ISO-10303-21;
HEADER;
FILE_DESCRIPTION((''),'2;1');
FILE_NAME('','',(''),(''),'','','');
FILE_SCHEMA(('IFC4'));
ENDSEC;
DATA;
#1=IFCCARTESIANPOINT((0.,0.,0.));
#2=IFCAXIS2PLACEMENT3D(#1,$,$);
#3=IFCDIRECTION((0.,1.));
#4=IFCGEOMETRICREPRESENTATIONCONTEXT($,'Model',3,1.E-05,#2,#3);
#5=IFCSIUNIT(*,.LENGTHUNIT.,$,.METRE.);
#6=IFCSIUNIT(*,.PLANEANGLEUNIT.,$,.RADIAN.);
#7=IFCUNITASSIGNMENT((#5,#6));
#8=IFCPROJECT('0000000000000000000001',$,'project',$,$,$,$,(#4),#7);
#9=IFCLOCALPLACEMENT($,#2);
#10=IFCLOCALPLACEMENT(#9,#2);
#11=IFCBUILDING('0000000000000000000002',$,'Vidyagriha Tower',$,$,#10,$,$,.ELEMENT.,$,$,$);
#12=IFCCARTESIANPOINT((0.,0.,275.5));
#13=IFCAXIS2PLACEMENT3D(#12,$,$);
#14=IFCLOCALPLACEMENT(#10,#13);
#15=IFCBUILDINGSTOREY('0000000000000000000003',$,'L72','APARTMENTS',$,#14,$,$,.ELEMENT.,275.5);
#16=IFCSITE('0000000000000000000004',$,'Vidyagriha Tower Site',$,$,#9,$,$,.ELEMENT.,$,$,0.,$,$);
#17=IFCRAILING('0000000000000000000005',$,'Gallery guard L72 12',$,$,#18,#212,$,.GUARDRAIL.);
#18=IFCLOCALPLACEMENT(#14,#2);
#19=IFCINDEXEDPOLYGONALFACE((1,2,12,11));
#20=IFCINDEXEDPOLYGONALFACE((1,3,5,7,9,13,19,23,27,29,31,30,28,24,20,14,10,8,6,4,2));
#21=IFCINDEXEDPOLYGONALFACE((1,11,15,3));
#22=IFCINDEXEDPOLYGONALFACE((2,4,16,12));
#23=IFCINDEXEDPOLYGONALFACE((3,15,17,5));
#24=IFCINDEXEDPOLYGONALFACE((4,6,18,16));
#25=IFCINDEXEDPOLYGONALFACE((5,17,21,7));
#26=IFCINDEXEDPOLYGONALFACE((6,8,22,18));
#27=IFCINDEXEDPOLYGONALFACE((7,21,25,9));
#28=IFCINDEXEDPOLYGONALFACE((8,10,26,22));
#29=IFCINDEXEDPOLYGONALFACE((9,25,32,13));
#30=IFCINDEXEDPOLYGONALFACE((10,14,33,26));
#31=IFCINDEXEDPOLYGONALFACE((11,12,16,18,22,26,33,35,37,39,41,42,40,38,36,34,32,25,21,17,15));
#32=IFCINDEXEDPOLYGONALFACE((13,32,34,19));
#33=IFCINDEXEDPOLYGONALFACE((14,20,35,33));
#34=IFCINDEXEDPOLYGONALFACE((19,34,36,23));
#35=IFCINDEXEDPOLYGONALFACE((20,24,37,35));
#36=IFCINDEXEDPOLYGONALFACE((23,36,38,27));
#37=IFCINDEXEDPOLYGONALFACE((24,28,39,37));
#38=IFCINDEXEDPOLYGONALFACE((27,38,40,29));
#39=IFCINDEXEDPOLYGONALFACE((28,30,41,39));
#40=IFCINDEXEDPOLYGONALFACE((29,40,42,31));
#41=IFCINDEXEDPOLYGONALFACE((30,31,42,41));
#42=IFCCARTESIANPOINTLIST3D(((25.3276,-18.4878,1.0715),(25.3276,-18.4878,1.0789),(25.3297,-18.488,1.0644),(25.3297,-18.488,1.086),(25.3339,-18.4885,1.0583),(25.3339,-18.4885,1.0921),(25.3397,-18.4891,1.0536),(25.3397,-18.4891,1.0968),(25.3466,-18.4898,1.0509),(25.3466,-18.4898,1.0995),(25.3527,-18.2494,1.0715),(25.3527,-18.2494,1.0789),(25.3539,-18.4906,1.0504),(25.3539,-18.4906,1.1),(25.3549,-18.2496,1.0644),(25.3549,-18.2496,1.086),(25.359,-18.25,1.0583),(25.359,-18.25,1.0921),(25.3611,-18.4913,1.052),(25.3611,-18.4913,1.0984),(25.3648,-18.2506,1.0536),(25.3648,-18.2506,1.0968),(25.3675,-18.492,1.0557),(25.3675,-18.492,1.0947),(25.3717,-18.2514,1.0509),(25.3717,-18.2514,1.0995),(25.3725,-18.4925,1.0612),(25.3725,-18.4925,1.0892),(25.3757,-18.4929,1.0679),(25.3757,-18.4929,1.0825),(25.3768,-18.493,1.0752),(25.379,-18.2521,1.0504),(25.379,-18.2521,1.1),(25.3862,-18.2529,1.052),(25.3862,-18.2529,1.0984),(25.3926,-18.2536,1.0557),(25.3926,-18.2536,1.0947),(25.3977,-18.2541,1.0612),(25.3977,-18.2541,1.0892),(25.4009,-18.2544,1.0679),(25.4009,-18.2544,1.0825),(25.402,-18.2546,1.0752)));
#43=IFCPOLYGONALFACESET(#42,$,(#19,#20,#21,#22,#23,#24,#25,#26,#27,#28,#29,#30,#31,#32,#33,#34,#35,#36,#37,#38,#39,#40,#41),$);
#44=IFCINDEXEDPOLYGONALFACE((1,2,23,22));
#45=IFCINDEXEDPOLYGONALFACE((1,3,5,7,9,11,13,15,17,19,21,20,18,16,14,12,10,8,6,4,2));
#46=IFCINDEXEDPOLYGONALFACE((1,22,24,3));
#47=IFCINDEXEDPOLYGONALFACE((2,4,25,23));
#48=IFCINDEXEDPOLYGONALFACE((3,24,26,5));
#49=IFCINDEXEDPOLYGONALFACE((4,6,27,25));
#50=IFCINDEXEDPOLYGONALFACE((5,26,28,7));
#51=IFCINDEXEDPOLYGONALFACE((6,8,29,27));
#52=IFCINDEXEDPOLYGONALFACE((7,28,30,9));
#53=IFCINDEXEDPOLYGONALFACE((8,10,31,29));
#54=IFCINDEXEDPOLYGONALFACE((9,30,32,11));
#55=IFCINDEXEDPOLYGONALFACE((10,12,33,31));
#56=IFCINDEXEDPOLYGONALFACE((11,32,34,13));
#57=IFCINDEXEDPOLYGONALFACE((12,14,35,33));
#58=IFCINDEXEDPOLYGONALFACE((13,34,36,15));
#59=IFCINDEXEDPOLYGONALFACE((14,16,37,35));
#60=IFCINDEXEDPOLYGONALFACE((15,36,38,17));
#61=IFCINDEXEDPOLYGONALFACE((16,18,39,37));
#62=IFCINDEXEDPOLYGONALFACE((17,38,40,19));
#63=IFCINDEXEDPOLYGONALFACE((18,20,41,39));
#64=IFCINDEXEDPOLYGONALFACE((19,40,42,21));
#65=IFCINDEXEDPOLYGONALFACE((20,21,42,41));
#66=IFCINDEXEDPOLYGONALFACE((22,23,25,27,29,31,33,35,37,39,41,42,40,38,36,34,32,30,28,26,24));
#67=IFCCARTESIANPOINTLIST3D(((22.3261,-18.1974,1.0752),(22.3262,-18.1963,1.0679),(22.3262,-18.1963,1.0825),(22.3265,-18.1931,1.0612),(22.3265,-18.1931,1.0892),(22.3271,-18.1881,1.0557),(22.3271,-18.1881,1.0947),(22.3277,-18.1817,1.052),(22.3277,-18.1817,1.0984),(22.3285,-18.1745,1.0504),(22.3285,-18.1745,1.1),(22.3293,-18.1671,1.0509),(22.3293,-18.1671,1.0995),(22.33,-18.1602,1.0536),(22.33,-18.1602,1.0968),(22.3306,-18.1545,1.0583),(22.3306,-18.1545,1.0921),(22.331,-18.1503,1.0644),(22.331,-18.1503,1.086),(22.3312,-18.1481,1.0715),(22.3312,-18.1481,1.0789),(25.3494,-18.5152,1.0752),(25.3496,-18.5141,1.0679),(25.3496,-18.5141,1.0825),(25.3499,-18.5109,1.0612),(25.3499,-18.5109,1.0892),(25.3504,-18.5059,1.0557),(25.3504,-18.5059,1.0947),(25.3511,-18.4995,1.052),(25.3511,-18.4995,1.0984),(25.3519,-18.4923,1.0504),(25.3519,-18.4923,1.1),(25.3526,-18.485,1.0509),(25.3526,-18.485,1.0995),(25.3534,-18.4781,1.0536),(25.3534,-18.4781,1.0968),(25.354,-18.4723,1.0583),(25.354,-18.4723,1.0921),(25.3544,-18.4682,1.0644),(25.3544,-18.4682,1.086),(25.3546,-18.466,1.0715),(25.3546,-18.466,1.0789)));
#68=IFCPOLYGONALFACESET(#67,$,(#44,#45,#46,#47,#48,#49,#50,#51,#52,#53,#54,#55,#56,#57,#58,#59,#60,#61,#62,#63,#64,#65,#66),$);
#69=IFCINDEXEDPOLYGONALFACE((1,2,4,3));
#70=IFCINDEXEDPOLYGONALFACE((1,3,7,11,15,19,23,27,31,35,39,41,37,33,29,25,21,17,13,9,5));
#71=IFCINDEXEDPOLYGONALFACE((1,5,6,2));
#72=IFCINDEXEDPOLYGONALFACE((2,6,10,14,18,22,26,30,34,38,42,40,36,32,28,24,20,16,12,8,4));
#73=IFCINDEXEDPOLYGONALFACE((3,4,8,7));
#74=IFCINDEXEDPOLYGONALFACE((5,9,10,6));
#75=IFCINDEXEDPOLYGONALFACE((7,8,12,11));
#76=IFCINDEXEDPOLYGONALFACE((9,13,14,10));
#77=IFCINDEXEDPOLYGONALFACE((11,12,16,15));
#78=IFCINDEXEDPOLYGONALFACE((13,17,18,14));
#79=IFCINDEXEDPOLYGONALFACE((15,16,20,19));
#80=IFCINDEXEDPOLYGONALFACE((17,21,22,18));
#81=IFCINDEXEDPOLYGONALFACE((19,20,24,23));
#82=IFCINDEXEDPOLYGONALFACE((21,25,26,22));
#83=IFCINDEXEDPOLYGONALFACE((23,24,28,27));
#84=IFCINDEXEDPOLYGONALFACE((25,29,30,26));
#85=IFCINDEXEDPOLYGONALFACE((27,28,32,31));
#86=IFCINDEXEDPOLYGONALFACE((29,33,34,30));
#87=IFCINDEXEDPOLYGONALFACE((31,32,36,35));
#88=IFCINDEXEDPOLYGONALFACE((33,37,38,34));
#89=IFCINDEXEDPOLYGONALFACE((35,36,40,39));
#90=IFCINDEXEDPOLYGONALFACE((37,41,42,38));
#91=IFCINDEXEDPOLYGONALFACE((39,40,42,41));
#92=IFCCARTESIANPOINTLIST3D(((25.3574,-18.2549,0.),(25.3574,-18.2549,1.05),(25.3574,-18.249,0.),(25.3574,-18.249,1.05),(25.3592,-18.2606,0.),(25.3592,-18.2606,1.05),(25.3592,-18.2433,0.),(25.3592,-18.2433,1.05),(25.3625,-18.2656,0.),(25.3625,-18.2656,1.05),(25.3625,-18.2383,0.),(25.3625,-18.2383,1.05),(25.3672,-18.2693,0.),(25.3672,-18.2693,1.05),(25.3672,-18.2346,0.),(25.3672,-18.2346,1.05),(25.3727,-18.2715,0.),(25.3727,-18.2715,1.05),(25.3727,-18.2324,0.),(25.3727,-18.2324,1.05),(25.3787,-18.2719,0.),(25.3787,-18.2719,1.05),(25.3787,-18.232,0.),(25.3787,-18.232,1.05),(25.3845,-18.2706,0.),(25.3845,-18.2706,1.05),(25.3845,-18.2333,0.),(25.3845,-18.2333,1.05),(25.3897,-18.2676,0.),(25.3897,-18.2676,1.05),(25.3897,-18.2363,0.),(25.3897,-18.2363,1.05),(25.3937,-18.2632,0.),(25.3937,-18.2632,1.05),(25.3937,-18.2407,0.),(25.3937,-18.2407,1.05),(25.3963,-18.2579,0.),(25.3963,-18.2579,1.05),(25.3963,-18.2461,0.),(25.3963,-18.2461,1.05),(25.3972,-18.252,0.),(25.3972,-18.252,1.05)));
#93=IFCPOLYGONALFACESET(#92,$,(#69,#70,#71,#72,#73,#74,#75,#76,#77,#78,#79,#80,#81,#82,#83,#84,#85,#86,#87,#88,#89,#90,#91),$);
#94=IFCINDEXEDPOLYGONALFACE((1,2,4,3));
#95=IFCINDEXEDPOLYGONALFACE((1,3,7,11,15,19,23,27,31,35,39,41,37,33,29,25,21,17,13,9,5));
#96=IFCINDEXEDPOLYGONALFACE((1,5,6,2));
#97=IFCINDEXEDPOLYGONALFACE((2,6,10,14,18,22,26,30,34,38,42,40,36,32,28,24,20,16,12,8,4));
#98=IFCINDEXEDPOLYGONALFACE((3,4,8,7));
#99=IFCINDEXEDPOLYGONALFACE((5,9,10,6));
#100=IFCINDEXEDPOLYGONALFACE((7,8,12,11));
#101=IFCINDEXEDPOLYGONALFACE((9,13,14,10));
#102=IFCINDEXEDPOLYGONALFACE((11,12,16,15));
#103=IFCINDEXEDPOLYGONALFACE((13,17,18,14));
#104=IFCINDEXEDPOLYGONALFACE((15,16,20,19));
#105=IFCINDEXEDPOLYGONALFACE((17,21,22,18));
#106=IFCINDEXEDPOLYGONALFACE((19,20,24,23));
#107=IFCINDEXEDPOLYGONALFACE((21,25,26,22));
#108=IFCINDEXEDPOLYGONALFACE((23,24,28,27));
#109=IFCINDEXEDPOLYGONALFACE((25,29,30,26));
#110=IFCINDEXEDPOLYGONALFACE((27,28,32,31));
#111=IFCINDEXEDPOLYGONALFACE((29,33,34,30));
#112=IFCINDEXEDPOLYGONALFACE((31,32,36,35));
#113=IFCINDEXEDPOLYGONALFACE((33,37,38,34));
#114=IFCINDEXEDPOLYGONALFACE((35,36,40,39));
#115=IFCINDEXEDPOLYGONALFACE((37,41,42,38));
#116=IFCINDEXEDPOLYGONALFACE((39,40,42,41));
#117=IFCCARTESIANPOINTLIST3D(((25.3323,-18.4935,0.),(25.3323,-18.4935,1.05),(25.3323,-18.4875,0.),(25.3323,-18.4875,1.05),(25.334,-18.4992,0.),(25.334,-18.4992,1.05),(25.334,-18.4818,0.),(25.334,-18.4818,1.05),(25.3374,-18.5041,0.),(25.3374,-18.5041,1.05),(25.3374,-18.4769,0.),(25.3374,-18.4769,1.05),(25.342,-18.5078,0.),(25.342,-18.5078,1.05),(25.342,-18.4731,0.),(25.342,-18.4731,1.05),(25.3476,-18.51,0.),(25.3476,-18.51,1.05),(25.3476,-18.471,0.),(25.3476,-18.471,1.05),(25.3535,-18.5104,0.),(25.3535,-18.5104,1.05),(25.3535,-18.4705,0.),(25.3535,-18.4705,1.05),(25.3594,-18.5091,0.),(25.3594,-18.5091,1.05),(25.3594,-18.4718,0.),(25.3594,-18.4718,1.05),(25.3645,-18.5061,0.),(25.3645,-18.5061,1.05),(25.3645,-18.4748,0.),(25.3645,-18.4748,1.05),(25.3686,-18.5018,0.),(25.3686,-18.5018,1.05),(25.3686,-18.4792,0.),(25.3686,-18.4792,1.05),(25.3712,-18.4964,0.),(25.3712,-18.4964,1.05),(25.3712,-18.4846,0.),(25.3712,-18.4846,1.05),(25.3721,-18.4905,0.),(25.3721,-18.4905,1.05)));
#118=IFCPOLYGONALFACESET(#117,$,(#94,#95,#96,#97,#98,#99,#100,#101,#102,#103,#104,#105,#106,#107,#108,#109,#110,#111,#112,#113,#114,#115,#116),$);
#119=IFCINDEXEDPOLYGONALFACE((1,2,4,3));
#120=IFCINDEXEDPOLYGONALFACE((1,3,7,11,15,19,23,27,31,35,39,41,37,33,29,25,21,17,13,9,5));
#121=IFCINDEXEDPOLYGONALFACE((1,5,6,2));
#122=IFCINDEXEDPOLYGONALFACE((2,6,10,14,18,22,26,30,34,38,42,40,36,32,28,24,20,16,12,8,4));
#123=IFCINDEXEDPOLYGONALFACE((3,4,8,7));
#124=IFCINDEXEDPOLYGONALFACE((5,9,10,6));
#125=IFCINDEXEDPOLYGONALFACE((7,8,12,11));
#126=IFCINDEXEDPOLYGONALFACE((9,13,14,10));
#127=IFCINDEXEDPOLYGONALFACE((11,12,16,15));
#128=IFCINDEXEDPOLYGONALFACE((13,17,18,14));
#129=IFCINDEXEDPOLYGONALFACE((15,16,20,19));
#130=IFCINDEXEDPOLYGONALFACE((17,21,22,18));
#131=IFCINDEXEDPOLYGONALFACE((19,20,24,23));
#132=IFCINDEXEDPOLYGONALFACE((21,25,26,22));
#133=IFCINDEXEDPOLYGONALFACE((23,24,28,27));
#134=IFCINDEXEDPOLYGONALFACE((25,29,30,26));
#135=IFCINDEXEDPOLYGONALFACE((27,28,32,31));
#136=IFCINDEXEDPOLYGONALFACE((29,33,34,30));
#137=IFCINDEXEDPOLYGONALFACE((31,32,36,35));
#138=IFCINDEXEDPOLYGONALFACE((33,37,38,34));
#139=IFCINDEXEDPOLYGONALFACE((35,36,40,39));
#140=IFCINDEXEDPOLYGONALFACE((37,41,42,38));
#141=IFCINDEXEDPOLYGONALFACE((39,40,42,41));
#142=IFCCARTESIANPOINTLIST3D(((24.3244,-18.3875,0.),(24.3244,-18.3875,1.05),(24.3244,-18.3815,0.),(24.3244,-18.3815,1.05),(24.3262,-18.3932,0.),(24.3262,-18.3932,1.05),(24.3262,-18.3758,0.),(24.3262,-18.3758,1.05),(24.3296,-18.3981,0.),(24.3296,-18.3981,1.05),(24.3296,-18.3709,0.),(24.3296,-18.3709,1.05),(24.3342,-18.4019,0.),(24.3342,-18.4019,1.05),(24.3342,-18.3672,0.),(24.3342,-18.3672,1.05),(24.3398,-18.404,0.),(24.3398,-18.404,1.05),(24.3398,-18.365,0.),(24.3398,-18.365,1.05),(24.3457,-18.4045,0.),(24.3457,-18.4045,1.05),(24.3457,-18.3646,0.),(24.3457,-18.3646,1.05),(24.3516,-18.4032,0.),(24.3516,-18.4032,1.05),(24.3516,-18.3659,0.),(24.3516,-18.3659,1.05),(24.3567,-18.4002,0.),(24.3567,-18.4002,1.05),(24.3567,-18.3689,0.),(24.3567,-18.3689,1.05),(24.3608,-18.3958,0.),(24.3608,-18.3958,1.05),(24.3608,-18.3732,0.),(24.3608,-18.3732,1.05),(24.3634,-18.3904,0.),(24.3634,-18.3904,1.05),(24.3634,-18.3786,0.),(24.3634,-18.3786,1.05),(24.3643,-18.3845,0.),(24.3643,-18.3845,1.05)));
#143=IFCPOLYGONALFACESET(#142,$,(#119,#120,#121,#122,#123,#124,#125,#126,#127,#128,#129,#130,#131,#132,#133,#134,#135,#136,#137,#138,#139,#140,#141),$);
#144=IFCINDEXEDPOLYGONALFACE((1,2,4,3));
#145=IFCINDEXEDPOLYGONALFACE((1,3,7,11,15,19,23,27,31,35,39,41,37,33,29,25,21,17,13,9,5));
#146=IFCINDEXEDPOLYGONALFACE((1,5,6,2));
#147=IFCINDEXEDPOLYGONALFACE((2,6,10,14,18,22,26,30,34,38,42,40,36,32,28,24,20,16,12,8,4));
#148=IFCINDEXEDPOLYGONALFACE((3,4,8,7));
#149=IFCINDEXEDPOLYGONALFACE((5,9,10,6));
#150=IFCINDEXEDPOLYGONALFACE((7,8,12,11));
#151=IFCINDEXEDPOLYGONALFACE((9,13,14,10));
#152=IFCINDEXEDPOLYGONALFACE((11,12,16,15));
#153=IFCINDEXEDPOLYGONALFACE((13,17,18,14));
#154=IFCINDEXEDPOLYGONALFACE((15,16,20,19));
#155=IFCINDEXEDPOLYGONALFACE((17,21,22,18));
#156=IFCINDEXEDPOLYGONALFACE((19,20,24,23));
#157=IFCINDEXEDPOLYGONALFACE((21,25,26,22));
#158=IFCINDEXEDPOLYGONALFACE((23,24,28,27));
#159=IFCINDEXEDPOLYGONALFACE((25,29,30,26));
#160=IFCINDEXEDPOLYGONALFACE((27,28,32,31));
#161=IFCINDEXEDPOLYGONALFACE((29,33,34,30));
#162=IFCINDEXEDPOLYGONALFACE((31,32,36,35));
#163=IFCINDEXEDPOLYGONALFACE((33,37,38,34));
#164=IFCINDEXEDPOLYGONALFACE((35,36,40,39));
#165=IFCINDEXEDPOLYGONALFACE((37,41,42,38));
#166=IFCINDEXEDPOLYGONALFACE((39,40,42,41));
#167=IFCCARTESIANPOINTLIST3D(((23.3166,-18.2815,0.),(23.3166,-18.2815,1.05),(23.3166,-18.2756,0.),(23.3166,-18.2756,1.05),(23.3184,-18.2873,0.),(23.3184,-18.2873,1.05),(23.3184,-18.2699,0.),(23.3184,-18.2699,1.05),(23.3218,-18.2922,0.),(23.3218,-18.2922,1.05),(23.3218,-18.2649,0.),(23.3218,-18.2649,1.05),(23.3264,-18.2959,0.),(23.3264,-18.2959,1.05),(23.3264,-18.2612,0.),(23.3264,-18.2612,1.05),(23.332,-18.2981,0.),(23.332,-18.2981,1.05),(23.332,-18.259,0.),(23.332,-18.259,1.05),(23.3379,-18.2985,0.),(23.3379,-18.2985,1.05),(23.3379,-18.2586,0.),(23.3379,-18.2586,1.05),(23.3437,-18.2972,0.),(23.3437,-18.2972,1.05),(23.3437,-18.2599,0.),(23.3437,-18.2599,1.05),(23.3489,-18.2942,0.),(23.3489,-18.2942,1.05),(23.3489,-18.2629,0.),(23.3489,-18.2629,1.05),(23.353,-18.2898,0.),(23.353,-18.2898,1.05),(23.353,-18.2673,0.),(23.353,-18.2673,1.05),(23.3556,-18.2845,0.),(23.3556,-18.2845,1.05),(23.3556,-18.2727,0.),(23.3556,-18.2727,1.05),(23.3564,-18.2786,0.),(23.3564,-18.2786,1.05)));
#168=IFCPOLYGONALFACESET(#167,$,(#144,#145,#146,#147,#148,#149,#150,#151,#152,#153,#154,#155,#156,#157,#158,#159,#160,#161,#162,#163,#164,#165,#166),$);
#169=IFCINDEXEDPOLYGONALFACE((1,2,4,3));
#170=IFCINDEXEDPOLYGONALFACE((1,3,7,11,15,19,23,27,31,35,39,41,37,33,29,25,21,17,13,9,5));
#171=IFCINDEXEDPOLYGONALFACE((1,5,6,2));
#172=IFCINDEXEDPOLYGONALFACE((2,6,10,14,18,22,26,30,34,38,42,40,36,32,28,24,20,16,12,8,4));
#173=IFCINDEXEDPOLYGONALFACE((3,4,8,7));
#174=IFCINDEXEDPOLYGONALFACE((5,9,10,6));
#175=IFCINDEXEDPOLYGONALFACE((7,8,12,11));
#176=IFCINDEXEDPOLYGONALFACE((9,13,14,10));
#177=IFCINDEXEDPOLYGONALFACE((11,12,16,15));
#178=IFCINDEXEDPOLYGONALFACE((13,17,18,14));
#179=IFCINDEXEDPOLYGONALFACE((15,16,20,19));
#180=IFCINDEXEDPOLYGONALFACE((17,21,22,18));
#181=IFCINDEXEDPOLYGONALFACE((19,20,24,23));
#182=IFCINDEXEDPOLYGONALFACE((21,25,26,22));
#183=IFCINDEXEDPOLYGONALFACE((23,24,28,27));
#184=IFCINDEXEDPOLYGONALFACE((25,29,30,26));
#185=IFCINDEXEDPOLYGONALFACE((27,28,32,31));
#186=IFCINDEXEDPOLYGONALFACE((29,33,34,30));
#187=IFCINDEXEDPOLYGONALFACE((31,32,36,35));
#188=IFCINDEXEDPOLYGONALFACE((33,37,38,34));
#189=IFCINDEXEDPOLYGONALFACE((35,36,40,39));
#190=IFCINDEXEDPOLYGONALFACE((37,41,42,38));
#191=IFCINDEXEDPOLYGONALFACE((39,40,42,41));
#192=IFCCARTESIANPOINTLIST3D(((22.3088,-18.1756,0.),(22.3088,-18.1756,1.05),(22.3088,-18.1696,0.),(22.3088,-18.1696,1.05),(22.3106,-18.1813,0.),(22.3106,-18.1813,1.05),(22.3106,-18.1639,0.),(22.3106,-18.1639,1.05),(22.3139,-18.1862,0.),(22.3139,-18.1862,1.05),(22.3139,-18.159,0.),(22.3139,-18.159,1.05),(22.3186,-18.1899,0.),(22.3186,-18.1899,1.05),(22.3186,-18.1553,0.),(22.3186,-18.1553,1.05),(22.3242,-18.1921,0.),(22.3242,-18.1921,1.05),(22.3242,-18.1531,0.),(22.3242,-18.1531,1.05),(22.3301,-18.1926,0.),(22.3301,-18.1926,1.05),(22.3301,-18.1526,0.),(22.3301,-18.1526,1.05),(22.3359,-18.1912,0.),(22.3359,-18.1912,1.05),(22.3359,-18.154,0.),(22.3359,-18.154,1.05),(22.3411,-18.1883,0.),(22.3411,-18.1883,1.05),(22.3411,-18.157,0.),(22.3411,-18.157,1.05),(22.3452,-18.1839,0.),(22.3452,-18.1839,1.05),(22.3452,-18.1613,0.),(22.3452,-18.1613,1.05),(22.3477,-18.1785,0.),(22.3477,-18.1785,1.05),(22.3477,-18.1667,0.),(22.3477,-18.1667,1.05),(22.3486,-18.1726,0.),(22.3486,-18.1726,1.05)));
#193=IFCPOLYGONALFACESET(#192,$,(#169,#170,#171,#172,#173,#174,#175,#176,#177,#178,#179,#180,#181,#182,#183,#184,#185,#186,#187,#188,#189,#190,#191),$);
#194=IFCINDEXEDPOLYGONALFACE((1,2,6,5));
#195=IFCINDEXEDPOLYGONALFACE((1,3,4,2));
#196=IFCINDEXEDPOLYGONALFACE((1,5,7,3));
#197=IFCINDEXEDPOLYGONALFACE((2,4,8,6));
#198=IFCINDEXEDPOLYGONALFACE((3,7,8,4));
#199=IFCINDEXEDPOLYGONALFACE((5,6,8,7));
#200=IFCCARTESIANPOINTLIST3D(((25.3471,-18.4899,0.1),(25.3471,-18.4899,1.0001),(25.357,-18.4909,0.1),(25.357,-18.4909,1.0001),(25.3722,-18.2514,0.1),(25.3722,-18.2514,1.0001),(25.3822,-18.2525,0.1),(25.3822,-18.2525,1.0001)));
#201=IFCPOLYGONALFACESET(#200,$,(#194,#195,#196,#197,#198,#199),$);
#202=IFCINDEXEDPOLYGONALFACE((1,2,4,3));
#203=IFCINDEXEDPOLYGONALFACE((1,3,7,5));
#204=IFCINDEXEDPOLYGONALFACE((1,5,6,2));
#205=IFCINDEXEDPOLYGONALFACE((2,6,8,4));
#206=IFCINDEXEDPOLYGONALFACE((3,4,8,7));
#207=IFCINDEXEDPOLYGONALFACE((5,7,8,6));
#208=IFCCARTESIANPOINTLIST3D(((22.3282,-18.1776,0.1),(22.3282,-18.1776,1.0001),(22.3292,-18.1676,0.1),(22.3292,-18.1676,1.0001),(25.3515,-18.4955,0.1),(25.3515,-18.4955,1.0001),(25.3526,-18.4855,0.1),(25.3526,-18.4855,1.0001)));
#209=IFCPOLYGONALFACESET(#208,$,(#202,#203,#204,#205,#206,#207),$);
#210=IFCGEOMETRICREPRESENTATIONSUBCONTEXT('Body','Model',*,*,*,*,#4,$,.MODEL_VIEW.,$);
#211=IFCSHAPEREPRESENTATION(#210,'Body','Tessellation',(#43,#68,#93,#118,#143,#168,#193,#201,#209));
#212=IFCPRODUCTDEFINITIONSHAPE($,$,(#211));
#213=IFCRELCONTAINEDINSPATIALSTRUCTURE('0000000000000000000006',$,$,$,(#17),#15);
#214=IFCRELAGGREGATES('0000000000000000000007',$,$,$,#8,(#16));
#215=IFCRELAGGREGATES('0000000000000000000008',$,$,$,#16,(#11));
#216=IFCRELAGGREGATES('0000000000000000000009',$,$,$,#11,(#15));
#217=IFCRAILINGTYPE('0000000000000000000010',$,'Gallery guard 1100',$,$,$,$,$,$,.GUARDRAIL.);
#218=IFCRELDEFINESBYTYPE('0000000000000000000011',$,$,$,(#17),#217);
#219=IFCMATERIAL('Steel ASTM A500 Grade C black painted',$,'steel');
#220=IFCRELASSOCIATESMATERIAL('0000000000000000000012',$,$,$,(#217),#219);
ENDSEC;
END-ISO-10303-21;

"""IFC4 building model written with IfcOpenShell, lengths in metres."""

from ifc_helpers import new_model, si_unit, direction, frame, origin, origin_2d, place, context, subcontext, project, spatial, rectangle, circle, extrude, material, type_object, element, save


model = new_model("IFC4")

# Units and contexts
model_context = context("Model", 3, precision=1e-05, world=origin(), true_north=direction((0.0, 1.0)))
body_context = subcontext(model_context, "Body", "Model", "MODEL_VIEW")
ifc_project = project(units=[si_unit("LENGTHUNIT", "METRE"), si_unit("PLANEANGLEUNIT", "RADIAN")], contexts=[model_context])

# Site, building, storey
site_placement = place(None, origin())
site = spatial("IfcSite", under=ifc_project, at=site_placement, Name="Vidyagriha Tower Site", CompositionType="ELEMENT", RefElevation=0.0)
building_placement = place(site_placement, origin())
building = spatial("IfcBuilding", under=site, at=building_placement, Name="Vidyagriha Tower", CompositionType="ELEMENT")
storey_placement = place(building_placement, frame((0.0, 0.0, 275.5)))
storey = spatial("IfcBuildingStorey", under=building, at=storey_placement, Name="L72", Description="APARTMENTS", CompositionType="ELEMENT", Elevation=275.5)

# Railing
ifc_material_1 = material(Name="Steel ASTM A500 Grade C black painted", Category="steel")
railing_type_1 = type_object("IfcRailingType", Name="Gallery guard 1100", PredefinedType="GUARDRAIL", material=ifc_material_1)
railing_1_placement = place(storey_placement, frame((25.3772, -18.252, 0.0)))
element("IfcRailing", 1, at=railing_1_placement, inside=storey, type_object=railing_type_1, Name="Gallery guard L72 12", PredefinedType="GUARDRAIL", context=body_context, shape_type="SweptSolid", body=[
    extrude(circle(Radius=0.0249, at=origin_2d()), frame((0.0, 0.0, 1.0752), z_axis=(-0.104844, -0.994489, 0.0), x_axis=(0.994489, -0.104844, 0.0)), (0.0, 0.0, 1.0), 0.2397),
    extrude(circle(Radius=0.0249, at=origin_2d()), frame((-0.0251, -0.2385, 1.0752), z_axis=(-0.994519, 0.104559, 0.0), x_axis=(-0.104559, -0.994519, 0.0)), (0.0, 0.0, 1.0), 3.04),
    extrude(circle(Radius=0.02, at=origin_2d()), origin(), (0.0, 0.0, 1.0), 1.05),
    extrude(circle(Radius=0.02, at=origin_2d()), frame((-0.0251, -0.2385, 0.0)), (0.0, 0.0, 1.0), 1.05),
    extrude(circle(Radius=0.02, at=origin_2d()), frame((-1.033, -0.1326, 0.0)), (0.0, 0.0, 1.0), 1.05),
    extrude(circle(Radius=0.02, at=origin_2d()), frame((-2.0408, -0.0266, 0.0)), (0.0, 0.0, 1.0), 1.05),
    extrude(circle(Radius=0.02, at=origin_2d()), frame((-3.0486, 0.0793, 0.0)), (0.0, 0.0, 1.0), 1.05),
    extrude(rectangle(XDim=0.01, YDim=0.9001, at=origin_2d()), frame((0.0, 0.0, 0.55), z_axis=(-0.104844, -0.994489, 0.0), x_axis=(0.994489, -0.104844, 0.0)), (0.0, 0.0, 1.0), 0.2397),
    extrude(rectangle(XDim=0.01, YDim=0.9001, at=origin_2d()), frame((-0.0251, -0.2385, 0.55), z_axis=(-0.994519, 0.104559, 0.0), x_axis=(-0.104559, -0.994519, 0.0)), (0.0, 0.0, 1.0), 3.04),
])

save(model, "model.ifc")
